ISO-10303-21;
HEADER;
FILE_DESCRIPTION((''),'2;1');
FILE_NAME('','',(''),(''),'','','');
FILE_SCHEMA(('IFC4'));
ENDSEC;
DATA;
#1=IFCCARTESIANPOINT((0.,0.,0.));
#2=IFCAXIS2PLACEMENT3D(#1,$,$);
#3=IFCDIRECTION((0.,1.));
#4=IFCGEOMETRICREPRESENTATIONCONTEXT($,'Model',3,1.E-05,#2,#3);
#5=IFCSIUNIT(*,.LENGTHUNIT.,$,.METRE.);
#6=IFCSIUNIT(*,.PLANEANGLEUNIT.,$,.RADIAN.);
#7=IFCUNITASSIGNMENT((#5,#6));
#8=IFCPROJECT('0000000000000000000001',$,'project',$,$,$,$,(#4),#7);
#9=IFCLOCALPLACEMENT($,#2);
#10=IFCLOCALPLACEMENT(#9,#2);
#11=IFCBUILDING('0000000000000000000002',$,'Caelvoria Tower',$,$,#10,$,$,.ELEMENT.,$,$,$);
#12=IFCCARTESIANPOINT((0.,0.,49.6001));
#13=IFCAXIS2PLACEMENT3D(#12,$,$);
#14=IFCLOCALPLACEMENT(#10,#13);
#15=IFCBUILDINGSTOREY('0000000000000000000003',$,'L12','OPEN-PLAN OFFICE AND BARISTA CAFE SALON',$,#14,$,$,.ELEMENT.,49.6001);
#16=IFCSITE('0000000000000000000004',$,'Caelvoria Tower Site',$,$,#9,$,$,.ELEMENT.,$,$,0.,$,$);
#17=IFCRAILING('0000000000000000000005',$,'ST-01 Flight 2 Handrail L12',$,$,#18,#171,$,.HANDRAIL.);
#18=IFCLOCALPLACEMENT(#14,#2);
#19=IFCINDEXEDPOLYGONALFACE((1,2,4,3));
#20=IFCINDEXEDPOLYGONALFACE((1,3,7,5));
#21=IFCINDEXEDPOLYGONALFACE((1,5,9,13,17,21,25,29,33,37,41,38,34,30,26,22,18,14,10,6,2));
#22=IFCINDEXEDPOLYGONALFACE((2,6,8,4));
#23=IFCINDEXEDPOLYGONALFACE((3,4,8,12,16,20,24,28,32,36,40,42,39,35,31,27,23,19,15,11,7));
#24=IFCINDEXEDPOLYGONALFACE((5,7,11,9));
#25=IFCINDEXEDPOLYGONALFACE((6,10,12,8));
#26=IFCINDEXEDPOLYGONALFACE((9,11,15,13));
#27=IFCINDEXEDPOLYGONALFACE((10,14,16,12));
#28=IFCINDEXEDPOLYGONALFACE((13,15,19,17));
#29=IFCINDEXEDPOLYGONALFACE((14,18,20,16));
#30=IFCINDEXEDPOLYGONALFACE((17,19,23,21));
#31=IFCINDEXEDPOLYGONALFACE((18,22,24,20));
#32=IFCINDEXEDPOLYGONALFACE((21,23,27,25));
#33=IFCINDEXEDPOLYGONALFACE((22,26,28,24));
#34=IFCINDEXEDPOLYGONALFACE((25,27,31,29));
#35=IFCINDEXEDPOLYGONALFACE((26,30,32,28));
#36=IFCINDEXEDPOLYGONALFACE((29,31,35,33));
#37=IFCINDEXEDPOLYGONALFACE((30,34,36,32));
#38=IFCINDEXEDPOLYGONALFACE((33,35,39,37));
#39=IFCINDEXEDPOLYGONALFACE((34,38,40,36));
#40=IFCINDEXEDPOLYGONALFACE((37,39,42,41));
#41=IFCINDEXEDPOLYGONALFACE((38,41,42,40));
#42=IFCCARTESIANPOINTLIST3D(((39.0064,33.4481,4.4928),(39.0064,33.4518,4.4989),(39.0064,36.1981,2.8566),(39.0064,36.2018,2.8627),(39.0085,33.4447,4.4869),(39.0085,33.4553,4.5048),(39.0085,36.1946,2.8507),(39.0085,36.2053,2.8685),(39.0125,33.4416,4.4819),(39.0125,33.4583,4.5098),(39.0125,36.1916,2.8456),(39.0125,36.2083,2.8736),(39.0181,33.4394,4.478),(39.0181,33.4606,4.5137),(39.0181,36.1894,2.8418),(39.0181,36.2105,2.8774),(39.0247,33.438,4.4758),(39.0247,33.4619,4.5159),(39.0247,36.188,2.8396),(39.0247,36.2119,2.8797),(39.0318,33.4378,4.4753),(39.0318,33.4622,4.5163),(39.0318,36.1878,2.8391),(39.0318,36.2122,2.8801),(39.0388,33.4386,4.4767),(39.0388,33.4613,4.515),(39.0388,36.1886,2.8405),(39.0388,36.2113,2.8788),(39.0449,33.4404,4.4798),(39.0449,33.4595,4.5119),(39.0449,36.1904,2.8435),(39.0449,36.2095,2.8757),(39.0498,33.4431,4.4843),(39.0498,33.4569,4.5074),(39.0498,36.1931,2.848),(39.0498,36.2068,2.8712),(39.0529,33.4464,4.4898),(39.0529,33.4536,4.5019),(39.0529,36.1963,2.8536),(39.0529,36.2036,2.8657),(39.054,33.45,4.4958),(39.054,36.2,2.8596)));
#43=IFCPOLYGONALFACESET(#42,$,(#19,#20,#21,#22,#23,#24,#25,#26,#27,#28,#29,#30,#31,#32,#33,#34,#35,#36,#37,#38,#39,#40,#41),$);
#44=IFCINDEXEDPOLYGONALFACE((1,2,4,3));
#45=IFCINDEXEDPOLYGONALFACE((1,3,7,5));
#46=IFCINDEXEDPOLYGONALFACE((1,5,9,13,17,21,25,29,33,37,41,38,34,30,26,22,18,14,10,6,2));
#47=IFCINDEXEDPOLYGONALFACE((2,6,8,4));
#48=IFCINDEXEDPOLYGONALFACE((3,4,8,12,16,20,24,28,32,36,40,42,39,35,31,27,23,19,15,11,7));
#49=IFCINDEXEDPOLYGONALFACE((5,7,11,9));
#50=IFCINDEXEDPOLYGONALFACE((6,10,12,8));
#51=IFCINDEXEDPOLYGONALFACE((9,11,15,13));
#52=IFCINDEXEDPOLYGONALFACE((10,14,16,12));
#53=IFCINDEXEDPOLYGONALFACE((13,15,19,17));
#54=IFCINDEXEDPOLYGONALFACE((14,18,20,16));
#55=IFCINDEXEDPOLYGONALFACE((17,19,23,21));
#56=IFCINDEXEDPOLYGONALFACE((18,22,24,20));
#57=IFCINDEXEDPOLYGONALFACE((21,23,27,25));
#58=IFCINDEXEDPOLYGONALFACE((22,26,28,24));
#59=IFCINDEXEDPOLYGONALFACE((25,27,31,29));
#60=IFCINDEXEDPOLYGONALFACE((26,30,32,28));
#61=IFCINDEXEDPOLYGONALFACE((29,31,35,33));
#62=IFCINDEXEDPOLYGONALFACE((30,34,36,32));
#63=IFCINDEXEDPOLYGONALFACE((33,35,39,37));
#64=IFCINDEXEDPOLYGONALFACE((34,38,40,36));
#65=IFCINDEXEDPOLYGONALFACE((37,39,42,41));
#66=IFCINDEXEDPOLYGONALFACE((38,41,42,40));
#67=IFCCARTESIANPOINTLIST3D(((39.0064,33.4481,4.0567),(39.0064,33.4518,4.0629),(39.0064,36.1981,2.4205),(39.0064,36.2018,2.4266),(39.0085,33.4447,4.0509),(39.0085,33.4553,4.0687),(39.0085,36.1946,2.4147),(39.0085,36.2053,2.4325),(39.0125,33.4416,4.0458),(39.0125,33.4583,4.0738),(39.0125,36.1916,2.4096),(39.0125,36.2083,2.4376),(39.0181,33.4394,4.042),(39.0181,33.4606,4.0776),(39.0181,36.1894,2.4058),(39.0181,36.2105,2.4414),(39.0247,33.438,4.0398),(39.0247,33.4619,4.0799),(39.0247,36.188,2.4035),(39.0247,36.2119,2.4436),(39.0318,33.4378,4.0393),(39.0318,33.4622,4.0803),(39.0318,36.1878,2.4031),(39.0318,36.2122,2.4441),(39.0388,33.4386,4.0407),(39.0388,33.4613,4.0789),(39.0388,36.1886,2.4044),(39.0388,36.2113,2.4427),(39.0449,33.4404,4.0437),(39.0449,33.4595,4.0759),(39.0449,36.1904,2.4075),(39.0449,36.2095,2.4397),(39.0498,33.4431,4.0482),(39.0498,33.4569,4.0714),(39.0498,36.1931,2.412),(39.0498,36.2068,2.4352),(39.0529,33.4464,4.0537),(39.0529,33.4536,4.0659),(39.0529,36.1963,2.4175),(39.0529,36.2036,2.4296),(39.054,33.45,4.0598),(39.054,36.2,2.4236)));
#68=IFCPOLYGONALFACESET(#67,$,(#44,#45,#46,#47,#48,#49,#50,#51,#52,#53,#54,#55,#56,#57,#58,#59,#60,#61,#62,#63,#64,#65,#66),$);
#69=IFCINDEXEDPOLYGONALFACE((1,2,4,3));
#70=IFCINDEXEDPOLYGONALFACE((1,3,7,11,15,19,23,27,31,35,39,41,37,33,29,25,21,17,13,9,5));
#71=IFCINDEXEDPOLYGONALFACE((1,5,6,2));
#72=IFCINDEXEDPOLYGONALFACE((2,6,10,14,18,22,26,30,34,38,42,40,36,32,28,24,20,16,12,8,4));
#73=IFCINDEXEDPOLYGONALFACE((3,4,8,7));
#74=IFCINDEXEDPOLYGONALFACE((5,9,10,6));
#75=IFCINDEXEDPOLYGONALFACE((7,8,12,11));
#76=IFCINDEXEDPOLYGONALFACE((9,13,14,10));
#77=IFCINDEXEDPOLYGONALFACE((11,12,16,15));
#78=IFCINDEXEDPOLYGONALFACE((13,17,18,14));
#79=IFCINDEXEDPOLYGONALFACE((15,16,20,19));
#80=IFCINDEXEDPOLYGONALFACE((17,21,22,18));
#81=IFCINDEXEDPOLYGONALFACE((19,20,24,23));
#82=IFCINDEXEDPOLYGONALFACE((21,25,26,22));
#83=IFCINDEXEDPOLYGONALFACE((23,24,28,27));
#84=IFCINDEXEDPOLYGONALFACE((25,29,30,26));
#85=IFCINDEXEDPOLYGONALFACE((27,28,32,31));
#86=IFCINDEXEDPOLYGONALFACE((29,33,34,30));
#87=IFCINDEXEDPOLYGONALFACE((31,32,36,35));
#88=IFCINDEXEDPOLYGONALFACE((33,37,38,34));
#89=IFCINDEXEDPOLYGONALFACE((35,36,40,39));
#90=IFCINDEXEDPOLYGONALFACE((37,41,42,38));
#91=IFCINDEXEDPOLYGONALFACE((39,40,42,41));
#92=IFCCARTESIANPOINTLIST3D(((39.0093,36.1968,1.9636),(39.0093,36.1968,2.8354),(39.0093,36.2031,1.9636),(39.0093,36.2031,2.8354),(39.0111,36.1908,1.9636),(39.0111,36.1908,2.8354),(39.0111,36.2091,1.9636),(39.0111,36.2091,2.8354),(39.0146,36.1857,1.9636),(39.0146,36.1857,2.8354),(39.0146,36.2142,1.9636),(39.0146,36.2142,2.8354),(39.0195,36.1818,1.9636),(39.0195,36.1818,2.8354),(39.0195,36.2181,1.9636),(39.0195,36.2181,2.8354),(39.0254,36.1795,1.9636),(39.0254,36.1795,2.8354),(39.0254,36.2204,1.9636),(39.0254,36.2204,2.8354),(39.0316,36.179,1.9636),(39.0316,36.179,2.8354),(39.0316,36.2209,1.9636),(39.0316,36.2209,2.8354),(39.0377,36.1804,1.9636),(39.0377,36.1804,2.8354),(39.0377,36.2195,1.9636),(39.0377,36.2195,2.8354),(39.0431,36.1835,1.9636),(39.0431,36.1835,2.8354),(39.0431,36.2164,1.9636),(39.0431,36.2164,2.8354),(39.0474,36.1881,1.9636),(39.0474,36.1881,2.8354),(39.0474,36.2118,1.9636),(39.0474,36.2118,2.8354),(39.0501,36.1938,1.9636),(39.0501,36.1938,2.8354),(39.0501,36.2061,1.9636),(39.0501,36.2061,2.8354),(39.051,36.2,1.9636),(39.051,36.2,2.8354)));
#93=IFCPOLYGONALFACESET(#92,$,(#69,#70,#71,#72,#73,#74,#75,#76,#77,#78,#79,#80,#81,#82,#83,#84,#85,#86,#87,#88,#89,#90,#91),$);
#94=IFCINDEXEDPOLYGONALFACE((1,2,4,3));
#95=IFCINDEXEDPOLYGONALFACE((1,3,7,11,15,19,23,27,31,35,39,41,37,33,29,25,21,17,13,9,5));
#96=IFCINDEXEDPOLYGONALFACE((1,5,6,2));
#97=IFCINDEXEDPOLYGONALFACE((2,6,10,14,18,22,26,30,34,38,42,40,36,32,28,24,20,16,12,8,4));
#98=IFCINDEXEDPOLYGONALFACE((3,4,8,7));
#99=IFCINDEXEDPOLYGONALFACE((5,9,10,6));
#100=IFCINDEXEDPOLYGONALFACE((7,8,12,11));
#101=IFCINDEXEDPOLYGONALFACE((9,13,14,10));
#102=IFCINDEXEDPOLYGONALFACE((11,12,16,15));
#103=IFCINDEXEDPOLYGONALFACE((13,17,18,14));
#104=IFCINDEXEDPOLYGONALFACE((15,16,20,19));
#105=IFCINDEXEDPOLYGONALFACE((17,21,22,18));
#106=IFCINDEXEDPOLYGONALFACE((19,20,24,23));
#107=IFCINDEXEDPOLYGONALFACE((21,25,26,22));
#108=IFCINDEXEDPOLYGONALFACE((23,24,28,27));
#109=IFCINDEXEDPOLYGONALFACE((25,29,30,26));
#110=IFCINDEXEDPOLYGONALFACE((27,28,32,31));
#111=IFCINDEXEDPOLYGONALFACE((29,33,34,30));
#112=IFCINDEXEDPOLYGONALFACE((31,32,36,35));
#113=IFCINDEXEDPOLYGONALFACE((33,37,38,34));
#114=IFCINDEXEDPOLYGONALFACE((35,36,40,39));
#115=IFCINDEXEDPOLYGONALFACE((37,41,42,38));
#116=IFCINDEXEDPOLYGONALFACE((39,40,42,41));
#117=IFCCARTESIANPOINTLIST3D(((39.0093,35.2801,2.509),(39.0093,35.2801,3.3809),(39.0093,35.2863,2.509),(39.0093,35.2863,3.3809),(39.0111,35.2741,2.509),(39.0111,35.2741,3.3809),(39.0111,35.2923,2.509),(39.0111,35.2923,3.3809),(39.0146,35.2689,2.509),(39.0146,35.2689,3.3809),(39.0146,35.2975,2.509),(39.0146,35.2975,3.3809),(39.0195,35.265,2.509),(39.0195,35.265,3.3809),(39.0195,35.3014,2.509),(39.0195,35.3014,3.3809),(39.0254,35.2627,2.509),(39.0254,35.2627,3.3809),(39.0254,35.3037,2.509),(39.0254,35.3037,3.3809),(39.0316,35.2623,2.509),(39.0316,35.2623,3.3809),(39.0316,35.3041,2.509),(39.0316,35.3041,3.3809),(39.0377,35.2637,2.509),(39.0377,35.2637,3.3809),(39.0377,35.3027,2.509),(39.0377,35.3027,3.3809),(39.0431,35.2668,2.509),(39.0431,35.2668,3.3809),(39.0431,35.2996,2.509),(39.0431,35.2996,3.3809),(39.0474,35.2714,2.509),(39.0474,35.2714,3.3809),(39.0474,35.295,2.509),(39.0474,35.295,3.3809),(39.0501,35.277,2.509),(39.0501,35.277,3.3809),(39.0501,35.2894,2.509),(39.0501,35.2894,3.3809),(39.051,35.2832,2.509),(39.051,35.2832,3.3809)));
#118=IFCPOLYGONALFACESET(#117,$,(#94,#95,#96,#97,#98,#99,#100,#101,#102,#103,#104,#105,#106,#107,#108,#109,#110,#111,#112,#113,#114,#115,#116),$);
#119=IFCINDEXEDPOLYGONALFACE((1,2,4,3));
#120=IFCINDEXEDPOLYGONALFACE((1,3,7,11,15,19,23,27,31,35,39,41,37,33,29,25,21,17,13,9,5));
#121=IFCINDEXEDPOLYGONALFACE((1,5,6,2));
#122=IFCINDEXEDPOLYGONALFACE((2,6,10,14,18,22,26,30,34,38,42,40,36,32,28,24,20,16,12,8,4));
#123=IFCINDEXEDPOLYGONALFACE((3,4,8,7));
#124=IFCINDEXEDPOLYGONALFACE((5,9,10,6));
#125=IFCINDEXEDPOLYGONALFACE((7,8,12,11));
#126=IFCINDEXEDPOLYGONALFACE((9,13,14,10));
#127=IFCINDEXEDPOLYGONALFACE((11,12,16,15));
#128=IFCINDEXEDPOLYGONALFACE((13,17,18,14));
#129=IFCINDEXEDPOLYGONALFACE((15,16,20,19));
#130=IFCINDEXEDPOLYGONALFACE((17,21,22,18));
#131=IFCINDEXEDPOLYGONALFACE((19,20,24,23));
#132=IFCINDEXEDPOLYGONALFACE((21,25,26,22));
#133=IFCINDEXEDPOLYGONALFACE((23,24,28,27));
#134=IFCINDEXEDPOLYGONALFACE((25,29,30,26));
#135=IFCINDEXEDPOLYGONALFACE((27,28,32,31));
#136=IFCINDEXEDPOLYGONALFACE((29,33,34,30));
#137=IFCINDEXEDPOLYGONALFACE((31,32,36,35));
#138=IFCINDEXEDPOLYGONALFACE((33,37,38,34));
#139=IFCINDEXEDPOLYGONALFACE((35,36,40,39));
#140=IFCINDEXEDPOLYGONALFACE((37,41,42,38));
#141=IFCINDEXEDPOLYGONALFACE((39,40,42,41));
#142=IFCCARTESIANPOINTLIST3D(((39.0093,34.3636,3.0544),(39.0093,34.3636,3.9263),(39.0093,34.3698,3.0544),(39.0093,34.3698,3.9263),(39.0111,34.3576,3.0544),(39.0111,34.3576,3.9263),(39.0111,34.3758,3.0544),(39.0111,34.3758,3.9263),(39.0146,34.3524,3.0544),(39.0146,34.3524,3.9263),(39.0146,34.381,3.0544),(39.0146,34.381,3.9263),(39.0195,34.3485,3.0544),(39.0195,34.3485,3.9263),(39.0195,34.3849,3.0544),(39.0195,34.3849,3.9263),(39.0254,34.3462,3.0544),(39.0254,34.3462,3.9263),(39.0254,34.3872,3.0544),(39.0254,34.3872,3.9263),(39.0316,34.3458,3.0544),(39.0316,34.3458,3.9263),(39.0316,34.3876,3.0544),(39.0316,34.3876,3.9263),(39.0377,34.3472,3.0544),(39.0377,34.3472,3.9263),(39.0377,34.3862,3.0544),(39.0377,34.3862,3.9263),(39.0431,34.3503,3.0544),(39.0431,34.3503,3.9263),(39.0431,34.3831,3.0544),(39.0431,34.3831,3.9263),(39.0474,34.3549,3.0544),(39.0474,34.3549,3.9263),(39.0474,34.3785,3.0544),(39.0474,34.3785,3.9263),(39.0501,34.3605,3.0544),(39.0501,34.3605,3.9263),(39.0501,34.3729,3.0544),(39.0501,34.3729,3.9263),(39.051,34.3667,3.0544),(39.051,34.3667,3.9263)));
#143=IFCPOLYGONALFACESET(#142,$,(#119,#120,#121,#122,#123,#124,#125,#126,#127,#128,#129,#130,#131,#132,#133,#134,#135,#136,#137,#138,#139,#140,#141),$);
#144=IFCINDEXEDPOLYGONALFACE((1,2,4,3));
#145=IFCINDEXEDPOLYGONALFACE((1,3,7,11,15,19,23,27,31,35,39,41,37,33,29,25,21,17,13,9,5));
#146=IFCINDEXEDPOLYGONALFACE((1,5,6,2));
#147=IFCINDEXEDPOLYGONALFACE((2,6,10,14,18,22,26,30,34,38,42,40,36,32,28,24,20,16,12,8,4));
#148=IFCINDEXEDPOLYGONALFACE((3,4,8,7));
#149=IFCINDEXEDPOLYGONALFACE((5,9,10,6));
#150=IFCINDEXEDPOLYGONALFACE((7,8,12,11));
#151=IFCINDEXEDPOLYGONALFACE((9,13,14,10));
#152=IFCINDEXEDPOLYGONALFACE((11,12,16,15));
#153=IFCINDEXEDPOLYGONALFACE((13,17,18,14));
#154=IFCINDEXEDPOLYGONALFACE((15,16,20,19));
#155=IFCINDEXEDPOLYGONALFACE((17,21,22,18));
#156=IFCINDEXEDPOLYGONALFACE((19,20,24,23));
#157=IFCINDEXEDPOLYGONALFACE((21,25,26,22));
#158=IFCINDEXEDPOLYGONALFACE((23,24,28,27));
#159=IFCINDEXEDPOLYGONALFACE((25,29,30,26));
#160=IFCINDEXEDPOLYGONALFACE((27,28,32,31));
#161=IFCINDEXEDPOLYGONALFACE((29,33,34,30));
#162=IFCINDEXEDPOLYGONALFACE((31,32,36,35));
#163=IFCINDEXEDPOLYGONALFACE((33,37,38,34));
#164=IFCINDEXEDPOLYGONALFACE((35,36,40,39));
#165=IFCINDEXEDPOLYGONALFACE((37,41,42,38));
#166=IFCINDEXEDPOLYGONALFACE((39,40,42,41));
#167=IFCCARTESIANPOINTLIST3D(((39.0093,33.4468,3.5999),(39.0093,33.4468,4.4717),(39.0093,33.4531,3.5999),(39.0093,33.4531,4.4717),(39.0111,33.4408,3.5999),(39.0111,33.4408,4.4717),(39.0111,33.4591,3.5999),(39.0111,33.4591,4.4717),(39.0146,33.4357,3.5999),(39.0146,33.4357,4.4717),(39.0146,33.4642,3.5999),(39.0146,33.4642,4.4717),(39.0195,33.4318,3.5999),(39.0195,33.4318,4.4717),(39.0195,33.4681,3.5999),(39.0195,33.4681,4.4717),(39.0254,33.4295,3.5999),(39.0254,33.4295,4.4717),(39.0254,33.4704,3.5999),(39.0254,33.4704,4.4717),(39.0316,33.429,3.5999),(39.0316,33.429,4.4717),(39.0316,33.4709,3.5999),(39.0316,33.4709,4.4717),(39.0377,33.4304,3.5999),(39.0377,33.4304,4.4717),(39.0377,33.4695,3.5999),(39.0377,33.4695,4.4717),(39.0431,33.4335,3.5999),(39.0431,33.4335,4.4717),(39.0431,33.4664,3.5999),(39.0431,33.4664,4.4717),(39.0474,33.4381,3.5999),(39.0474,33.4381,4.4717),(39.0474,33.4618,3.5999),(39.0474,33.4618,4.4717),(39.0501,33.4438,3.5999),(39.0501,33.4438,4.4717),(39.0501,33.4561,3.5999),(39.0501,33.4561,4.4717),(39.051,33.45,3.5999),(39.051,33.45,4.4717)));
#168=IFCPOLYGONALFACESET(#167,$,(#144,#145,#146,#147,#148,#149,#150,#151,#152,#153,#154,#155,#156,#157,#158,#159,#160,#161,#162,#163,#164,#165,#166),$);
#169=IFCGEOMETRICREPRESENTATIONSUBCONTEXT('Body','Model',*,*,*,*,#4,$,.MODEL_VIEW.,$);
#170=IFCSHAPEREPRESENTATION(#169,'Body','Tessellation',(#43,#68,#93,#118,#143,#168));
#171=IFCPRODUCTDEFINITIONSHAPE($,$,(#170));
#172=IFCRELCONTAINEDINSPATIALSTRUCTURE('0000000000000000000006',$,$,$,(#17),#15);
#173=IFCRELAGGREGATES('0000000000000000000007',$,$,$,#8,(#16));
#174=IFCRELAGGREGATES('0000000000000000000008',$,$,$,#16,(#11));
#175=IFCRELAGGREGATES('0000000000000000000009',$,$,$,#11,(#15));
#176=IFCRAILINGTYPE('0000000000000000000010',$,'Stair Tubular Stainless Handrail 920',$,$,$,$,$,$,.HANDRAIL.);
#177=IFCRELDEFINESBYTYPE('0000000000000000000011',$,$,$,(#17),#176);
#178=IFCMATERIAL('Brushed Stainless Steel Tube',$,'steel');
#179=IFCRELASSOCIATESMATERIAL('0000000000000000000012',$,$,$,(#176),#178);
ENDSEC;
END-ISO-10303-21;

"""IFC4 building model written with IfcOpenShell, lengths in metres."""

from ifc_helpers import new_model, si_unit, direction, frame, origin, origin_2d, place, context, subcontext, project, spatial, circle, extrude, material, type_object, element, save


model = new_model("IFC4")

# Units and contexts
model_context = context("Model", 3, precision=1e-05, world=origin(), true_north=direction((0.0, 1.0)))
body_context = subcontext(model_context, "Body", "Model", "MODEL_VIEW")
ifc_project = project(units=[si_unit("LENGTHUNIT", "METRE"), si_unit("PLANEANGLEUNIT", "RADIAN")], contexts=[model_context])

# Site, building, storey
site_placement = place(None, origin())
site = spatial("IfcSite", under=ifc_project, at=site_placement, Name="Caelvoria Tower Site", CompositionType="ELEMENT", RefElevation=0.0)
building_placement = place(site_placement, origin())
building = spatial("IfcBuilding", under=site, at=building_placement, Name="Caelvoria Tower", CompositionType="ELEMENT")
storey_placement = place(building_placement, frame((0.0, 0.0, 49.6001)))
storey = spatial("IfcBuildingStorey", under=building, at=storey_placement, Name="L12", Description="OPEN-PLAN OFFICE AND BARISTA CAFE SALON", CompositionType="ELEMENT", Elevation=49.6001)

# Railing
ifc_material_1 = material(Name="Brushed Stainless Steel Tube", Category="steel")
railing_type_1 = type_object("IfcRailingType", Name="Stair Tubular Stainless Handrail 920", PredefinedType="HANDRAIL", material=ifc_material_1)
railing_1_placement = place(storey_placement, frame((39.03, 36.2, 1.9636)))
element("IfcRailing", 1, at=railing_1_placement, inside=storey, type_object=railing_type_1, Name="ST-01 Flight 2 Handrail L12", PredefinedType="HANDRAIL", context=body_context, shape_type="SweptSolid", body=[
    extrude(circle(Radius=0.0239, at=origin_2d()), frame((0.0, 0.0, 0.896), z_axis=(0.0, -0.859385, 0.511328), x_axis=(1.0, 0.0, 0.0)), (0.0, 0.0, 1.0), 3.2),
    extrude(circle(Radius=0.0239, at=origin_2d()), frame((0.0, 0.0, 0.46), z_axis=(0.0, -0.859385, 0.511328), x_axis=(1.0, 0.0, 0.0)), (0.0, 0.0, 1.0), 3.2),
    extrude(circle(Radius=0.021, at=origin_2d()), origin(), (0.0, 0.0, 1.0), 0.8718),
    extrude(circle(Radius=0.021, at=origin_2d()), frame((0.0, -0.9167, 0.5454)), (0.0, 0.0, 1.0), 0.8718),
    extrude(circle(Radius=0.021, at=origin_2d()), frame((0.0, -1.8333, 1.0908)), (0.0, 0.0, 1.0), 0.8718),
    extrude(circle(Radius=0.021, at=origin_2d()), frame((0.0, -2.75, 1.6362)), (0.0, 0.0, 1.0), 0.8718),
])

save(model, "model.ifc")
